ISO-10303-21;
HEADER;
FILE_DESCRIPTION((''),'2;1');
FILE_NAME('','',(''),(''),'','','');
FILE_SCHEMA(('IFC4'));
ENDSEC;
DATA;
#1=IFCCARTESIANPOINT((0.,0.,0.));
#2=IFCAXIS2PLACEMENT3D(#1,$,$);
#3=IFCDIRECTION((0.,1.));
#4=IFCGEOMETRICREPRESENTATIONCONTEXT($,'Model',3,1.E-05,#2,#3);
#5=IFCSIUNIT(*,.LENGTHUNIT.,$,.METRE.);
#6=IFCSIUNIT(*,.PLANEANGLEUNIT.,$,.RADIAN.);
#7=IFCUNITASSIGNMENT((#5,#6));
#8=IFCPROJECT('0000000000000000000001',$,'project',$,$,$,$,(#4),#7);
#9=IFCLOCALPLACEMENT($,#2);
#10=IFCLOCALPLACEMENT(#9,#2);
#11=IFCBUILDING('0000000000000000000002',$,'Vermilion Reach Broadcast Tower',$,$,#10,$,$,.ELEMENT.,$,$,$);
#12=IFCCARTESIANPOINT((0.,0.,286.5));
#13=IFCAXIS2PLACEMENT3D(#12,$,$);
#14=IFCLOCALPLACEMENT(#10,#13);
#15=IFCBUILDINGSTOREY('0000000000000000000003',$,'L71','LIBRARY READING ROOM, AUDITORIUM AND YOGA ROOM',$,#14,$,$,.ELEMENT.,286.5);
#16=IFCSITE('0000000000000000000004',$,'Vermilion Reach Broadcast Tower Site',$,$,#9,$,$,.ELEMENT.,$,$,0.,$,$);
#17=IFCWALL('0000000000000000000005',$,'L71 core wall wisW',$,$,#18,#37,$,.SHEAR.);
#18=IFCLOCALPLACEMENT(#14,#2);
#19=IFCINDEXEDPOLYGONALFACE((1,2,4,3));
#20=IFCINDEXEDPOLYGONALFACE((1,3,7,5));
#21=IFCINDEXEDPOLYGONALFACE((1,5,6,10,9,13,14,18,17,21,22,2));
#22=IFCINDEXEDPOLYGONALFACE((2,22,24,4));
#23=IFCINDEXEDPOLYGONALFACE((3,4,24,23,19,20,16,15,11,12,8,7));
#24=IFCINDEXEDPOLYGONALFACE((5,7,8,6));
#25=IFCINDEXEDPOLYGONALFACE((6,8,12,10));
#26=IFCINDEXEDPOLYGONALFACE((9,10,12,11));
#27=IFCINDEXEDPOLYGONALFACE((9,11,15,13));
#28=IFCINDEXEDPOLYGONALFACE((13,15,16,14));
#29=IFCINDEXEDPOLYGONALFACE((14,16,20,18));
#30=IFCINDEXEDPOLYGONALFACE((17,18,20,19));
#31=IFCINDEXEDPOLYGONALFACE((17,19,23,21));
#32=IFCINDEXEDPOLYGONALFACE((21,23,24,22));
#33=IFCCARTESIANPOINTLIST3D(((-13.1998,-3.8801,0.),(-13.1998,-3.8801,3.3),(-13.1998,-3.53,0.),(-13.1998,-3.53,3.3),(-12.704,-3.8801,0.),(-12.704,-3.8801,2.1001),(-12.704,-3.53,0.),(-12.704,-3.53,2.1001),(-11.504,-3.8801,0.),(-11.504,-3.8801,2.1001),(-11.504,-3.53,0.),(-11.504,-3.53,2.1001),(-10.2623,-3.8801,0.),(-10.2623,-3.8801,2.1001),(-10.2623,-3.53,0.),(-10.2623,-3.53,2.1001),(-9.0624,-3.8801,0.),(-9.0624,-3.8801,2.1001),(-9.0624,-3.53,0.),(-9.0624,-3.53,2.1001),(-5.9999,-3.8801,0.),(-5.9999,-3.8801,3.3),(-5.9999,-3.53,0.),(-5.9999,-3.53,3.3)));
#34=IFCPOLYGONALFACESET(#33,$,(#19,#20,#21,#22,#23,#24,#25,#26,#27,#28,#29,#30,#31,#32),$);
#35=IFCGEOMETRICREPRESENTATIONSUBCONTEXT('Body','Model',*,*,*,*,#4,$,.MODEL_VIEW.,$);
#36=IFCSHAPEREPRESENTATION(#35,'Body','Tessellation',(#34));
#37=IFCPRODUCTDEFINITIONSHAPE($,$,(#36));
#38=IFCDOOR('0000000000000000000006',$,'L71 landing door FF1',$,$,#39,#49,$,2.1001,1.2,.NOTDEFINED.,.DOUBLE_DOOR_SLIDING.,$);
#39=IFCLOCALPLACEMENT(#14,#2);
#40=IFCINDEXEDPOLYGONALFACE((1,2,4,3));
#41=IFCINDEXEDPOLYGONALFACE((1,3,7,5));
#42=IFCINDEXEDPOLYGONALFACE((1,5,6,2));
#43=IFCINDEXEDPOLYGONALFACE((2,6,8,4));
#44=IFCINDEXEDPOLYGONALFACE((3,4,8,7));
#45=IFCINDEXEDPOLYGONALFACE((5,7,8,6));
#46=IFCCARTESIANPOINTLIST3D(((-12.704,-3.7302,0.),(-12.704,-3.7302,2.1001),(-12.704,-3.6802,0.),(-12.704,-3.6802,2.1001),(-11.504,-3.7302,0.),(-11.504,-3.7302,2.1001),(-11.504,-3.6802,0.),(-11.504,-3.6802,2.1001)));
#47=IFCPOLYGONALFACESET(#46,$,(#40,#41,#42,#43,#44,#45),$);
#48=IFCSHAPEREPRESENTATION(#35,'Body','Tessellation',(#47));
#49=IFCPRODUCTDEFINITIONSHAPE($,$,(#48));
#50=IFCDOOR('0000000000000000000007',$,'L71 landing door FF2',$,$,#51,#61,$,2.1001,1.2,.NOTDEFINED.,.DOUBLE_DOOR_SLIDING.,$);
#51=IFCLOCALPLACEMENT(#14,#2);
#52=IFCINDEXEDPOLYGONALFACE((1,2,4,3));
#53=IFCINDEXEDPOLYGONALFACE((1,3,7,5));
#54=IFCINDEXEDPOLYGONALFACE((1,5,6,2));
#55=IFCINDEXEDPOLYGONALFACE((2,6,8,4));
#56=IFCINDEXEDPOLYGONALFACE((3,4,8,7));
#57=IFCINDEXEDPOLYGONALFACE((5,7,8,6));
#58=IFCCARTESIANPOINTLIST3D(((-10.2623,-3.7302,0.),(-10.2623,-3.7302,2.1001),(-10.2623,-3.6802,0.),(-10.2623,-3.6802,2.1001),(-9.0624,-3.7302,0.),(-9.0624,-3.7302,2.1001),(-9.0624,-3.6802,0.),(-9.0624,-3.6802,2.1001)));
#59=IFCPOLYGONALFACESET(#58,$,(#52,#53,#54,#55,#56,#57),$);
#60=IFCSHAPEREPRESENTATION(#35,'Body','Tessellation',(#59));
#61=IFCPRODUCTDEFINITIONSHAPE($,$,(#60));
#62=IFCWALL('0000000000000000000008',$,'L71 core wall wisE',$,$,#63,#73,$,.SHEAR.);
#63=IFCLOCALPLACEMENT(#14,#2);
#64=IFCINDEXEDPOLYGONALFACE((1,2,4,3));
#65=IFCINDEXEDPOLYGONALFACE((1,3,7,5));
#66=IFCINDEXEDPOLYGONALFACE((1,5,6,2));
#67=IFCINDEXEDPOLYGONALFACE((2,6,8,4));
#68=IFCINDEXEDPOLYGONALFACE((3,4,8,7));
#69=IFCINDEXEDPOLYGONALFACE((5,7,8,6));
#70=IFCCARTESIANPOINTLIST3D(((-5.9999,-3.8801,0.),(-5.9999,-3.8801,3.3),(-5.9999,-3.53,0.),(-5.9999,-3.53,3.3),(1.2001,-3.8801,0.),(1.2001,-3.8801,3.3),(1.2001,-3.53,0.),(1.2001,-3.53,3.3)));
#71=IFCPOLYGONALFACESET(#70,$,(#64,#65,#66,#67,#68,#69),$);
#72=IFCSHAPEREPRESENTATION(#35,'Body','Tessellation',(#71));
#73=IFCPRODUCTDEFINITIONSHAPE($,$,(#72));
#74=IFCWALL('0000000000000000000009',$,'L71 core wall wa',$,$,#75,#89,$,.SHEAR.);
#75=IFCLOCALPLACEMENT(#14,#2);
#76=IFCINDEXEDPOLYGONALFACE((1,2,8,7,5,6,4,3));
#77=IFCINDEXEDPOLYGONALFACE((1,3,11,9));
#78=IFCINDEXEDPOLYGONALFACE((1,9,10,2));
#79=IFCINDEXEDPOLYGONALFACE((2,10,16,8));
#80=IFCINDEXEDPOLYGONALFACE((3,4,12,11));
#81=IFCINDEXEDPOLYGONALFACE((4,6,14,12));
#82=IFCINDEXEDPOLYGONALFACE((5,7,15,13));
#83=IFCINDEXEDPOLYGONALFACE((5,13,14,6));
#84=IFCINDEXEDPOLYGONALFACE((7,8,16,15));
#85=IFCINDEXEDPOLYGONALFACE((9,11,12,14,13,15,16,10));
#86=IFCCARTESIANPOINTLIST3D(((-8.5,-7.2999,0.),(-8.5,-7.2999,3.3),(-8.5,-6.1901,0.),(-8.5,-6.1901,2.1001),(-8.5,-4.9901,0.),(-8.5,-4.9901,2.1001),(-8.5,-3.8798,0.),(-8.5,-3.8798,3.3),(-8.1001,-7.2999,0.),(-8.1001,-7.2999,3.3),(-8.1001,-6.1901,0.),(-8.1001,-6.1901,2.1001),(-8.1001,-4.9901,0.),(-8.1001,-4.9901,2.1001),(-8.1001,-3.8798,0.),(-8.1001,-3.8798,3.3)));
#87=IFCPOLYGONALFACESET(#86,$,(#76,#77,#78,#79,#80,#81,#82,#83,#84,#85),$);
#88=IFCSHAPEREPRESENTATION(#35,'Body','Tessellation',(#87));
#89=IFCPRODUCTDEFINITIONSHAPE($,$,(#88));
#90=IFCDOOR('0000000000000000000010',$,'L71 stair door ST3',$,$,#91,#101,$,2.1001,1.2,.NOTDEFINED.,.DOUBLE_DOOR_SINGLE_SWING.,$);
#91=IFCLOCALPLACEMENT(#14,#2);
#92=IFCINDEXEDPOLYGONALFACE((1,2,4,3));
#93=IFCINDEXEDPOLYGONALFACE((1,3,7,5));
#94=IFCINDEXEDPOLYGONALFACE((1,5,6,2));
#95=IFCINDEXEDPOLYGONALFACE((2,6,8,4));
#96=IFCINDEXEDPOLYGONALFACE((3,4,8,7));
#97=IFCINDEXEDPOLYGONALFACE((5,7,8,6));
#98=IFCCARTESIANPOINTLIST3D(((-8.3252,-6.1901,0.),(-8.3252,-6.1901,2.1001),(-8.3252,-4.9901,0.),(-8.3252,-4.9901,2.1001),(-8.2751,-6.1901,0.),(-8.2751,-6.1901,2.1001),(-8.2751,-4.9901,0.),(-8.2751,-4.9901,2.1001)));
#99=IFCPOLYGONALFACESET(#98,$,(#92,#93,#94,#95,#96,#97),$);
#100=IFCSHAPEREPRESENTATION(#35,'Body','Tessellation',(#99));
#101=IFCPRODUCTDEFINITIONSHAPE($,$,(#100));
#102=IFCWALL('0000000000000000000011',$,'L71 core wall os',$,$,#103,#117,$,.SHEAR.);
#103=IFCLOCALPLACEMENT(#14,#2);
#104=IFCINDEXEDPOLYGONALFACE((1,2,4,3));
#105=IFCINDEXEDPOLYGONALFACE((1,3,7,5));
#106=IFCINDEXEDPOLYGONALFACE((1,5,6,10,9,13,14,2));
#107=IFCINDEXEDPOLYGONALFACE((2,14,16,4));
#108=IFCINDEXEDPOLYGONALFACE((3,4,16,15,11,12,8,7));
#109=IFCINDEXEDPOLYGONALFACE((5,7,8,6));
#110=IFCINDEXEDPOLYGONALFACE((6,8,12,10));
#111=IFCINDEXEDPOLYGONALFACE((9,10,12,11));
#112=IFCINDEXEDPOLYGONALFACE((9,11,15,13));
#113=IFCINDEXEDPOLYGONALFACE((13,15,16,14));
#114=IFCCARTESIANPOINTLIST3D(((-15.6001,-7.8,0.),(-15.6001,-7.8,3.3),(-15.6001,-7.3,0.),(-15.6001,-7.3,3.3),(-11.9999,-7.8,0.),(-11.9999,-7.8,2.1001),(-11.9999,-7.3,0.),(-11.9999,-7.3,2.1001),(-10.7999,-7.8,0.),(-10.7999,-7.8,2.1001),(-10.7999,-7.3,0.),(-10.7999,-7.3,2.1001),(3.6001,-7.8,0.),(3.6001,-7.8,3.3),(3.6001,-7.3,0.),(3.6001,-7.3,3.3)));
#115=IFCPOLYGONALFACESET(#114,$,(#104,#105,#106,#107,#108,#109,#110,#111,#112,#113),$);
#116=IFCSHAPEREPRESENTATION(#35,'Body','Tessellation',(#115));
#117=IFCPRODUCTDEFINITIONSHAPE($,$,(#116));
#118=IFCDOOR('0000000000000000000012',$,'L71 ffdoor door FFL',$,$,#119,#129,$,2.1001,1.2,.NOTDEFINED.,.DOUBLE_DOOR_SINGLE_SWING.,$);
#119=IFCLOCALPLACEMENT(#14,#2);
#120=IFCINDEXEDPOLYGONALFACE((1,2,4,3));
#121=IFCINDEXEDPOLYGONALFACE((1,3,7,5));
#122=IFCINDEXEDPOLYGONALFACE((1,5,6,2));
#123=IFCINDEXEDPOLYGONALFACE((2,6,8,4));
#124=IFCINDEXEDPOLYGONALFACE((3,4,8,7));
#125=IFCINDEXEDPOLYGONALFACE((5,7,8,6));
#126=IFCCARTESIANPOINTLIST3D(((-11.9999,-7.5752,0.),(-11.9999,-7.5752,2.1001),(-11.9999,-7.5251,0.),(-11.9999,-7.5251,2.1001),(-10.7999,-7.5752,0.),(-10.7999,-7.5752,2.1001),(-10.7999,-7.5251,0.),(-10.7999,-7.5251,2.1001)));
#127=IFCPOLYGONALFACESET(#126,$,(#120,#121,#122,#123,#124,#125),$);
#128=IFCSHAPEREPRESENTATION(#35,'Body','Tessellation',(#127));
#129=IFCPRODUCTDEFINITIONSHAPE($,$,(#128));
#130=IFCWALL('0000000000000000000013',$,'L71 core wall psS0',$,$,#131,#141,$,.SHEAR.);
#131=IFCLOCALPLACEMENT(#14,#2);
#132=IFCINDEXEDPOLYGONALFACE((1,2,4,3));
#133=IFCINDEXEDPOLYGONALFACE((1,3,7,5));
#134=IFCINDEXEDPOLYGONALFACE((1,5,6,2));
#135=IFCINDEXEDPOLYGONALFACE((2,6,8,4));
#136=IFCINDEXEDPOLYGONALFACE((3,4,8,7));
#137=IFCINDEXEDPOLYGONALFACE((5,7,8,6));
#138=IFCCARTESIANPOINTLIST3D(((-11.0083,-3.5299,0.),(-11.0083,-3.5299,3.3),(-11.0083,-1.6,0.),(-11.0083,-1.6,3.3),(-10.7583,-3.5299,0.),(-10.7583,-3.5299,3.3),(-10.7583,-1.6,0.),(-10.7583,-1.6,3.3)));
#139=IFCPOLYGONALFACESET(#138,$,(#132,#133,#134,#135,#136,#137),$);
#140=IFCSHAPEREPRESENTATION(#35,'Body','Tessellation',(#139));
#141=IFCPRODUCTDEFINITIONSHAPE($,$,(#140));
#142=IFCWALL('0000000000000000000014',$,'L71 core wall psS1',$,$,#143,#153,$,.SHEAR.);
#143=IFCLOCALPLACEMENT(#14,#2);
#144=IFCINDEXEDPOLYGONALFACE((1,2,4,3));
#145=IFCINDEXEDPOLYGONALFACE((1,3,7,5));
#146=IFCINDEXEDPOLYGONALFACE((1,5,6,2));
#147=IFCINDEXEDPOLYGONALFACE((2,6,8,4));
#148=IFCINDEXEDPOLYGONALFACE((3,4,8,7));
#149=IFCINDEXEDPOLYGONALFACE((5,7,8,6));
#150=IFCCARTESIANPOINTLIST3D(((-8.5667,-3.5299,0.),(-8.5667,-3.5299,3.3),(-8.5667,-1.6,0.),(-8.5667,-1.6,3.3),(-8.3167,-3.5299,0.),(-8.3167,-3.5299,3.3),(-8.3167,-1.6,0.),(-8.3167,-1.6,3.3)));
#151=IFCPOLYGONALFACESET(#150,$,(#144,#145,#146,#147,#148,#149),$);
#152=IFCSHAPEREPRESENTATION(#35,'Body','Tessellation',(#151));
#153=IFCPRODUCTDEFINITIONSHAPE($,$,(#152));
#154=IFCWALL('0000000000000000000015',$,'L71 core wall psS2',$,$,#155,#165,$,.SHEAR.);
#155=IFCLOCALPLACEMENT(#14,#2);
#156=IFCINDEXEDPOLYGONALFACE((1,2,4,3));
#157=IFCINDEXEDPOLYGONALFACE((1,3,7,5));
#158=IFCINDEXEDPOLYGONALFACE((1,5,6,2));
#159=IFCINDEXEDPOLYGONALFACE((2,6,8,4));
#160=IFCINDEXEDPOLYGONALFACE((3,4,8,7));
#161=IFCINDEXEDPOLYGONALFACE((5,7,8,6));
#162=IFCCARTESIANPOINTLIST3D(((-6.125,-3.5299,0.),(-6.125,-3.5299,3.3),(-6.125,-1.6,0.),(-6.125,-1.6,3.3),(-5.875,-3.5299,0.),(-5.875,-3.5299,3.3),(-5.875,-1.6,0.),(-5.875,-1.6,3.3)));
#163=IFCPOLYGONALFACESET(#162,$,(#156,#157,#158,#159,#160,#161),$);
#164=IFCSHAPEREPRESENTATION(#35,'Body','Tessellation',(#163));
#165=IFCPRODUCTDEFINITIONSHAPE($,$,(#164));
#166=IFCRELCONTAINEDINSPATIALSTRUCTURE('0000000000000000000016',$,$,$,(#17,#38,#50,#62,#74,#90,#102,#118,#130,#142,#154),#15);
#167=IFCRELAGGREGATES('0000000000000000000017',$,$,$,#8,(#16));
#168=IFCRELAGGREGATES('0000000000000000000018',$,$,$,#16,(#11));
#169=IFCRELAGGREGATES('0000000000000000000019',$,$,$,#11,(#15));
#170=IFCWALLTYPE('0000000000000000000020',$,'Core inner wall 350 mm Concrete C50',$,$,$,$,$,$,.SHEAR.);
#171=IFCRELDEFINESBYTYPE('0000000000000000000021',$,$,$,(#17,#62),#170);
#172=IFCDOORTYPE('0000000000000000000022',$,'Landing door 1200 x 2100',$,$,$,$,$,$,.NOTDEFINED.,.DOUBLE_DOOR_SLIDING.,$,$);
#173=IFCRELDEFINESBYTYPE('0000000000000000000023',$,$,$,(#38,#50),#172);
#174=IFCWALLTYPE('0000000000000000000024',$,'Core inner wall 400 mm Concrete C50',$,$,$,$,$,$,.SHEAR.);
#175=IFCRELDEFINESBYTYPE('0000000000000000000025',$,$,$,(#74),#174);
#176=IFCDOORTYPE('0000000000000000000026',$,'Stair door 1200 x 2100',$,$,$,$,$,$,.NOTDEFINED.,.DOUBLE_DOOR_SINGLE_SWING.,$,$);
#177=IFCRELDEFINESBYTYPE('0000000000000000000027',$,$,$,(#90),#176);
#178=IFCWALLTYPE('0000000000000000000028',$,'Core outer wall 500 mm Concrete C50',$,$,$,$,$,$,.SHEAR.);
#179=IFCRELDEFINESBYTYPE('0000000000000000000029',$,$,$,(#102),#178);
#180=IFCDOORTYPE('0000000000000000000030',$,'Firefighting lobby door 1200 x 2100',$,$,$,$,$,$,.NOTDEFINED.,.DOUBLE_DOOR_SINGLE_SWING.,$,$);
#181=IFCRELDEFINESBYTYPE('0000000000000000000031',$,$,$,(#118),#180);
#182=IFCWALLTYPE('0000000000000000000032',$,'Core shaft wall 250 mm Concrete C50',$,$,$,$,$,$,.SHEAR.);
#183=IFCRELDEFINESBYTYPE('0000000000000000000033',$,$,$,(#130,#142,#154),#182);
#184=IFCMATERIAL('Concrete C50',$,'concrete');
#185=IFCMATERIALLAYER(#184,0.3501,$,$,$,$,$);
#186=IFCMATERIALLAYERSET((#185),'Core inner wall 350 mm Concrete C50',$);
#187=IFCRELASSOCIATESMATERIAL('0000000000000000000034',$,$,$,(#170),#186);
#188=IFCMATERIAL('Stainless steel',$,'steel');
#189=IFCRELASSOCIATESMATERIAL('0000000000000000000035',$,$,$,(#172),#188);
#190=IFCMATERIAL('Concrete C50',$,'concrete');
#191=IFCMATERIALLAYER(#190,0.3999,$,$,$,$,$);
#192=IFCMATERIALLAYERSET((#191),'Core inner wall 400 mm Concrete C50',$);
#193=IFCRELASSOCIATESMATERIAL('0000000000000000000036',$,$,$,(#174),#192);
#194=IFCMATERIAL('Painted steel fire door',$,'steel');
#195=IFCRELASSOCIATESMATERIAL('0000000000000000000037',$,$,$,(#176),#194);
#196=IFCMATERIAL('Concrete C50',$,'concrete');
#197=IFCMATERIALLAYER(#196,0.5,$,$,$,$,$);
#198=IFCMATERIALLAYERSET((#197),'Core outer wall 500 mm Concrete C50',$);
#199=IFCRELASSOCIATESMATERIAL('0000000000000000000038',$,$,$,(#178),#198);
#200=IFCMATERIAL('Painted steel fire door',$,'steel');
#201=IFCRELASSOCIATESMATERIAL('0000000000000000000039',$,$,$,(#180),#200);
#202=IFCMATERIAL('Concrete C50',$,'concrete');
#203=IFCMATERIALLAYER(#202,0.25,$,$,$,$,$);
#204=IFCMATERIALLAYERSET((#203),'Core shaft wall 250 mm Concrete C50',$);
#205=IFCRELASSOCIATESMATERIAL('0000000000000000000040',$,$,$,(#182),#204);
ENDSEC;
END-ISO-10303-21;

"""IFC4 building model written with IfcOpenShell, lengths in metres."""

from ifc_helpers import new_model, si_unit, direction, frame, frame_2d, origin, place, context, subcontext, project, spatial, rectangle, extrude, material, layer, layer_set, type_object, element, fill, save


model = new_model("IFC4")

# Units and contexts
model_context = context("Model", 3, precision=1e-05, world=origin(), true_north=direction((0.0, 1.0)))
body_context = subcontext(model_context, "Body", "Model", "MODEL_VIEW")
ifc_project = project(units=[si_unit("LENGTHUNIT", "METRE"), si_unit("PLANEANGLEUNIT", "RADIAN")], contexts=[model_context])

# Site, building, storey
site_placement = place(None, origin())
site = spatial("IfcSite", under=ifc_project, at=site_placement, Name="Vermilion Reach Broadcast Tower Site", CompositionType="ELEMENT", RefElevation=0.0)
building_placement = place(site_placement, origin())
building = spatial("IfcBuilding", under=site, at=building_placement, Name="Vermilion Reach Broadcast Tower", CompositionType="ELEMENT")
storey_placement = place(building_placement, frame((0.0, 0.0, 286.5)))
storey = spatial("IfcBuildingStorey", under=building, at=storey_placement, Name="L71", Description="LIBRARY READING ROOM, AUDITORIUM AND YOGA ROOM", CompositionType="ELEMENT", Elevation=286.5)

# Wall, openings, doors
ifc_material_1 = material(Name="Concrete C50", Category="concrete")
ifc_layer_1 = layer(ifc_material_1, 0.3501)
ifc_layer_set_1 = layer_set([ifc_layer_1], Name="Core inner wall 350 mm Concrete C50")
wall_type_1 = type_object("IfcWallType", Name="Core inner wall 350 mm Concrete C50", PredefinedType="SHEAR", material=ifc_layer_set_1)
wall_1_placement = place(storey_placement, frame((-13.2, -3.7051, 0.0), z_axis=(0.0, 0.0, 1.0), x_axis=(1.0, 0.0, 0.0)))
wall_1 = element("IfcWall", 1, at=wall_1_placement, inside=storey, type_object=wall_type_1, Name="L71 core wall wisW", PredefinedType="SHEAR", context=body_context, shape_type="SweptSolid", body=[
    extrude(rectangle(XDim=7.2, YDim=0.3501, at=frame_2d((3.6001, 0.0))), origin(), (0.0, 0.0, 1.0), 3.3),
])
opening_1_placement = place(wall_1_placement, frame((0.4958, 0.0, 0.0)))
opening_1 = element("IfcOpeningElement", 2, at=opening_1_placement, cuts=wall_1, PredefinedType="OPENING", context=body_context, shape_type="SweptSolid", body=[
    extrude(rectangle(XDim=1.2, YDim=2.1001, at=frame_2d((0.6001, 1.05))), frame((0.0, 0.1851, 0.0), z_axis=(0.0, -1.0, 0.0), x_axis=(1.0, 0.0, 0.0)), (0.0, 0.0, 1.0), 0.3701),
])
opening_2_placement = place(wall_1_placement, frame((2.9375, 0.0, 0.0)))
opening_2 = element("IfcOpeningElement", 3, at=opening_2_placement, cuts=wall_1, PredefinedType="OPENING", context=body_context, shape_type="SweptSolid", body=[
    extrude(rectangle(XDim=1.2, YDim=2.1001, at=frame_2d((0.6001, 1.05))), frame((0.0, 0.1851, 0.0), z_axis=(0.0, -1.0, 0.0), x_axis=(1.0, 0.0, 0.0)), (0.0, 0.0, 1.0), 0.3701),
])
ifc_material_2 = material(Name="Stainless steel", Category="steel")
door_type_1 = type_object("IfcDoorType", Name="Landing door 1200 x 2100", OperationType="DOUBLE_DOOR_SLIDING", PredefinedType="NOTDEFINED", material=ifc_material_2)
door_1_placement = place(opening_1_placement, origin())
door_1 = element("IfcDoor", 4, at=door_1_placement, inside=storey, type_object=door_type_1, Name="L71 landing door FF1", OperationType="DOUBLE_DOOR_SLIDING", OverallHeight=2.1001, OverallWidth=1.2, PredefinedType="NOTDEFINED", context=body_context, shape_type="SweptSolid", body=[
    extrude(rectangle(XDim=1.2, YDim=2.1001, at=frame_2d((0.6001, 1.05))), frame((0.0, 0.0249, 0.0), z_axis=(0.0, -1.0, 0.0), x_axis=(1.0, 0.0, 0.0)), (0.0, 0.0, 1.0), 0.05),
])
fill(opening_1, door_1)
door_2_placement = place(opening_2_placement, origin())
door_2 = element("IfcDoor", 5, at=door_2_placement, inside=storey, type_object=door_type_1, Name="L71 landing door FF2", OperationType="DOUBLE_DOOR_SLIDING", OverallHeight=2.1001, OverallWidth=1.2, PredefinedType="NOTDEFINED", context=body_context, shape_type="SweptSolid", body=[
    extrude(rectangle(XDim=1.2, YDim=2.1001, at=frame_2d((0.6001, 1.05))), frame((0.0, 0.0249, 0.0), z_axis=(0.0, -1.0, 0.0), x_axis=(1.0, 0.0, 0.0)), (0.0, 0.0, 1.0), 0.05),
])
fill(opening_2, door_2)

# Wall
wall_2_placement = place(storey_placement, frame((-6.0, -3.7051, 0.0), z_axis=(0.0, 0.0, 1.0), x_axis=(1.0, 0.0, 0.0)))
element("IfcWall", 6, at=wall_2_placement, inside=storey, type_object=wall_type_1, Name="L71 core wall wisE", PredefinedType="SHEAR", context=body_context, shape_type="SweptSolid", body=[
    extrude(rectangle(XDim=7.2, YDim=0.3501, at=frame_2d((3.6001, 0.0))), origin(), (0.0, 0.0, 1.0), 3.3),
])

# Walls, openings, doors
ifc_material_3 = material(Name="Concrete C50", Category="concrete")
ifc_layer_2 = layer(ifc_material_3, 0.3999)
ifc_layer_set_2 = layer_set([ifc_layer_2], Name="Core inner wall 400 mm Concrete C50")
wall_type_2 = type_object("IfcWallType", Name="Core inner wall 400 mm Concrete C50", PredefinedType="SHEAR", material=ifc_layer_set_2)
wall_3_placement = place(storey_placement, frame((-8.3, -3.8799, 0.0), z_axis=(0.0, 0.0, 1.0), x_axis=(0.0, -1.0, 0.0)))
wall_3 = element("IfcWall", 7, at=wall_3_placement, inside=storey, type_object=wall_type_2, Name="L71 core wall wa", PredefinedType="SHEAR", context=body_context, shape_type="SweptSolid", body=[
    extrude(rectangle(XDim=3.4202, YDim=0.3999, at=frame_2d((1.71, 0.0))), origin(), (0.0, 0.0, 1.0), 3.3),
])
opening_3_placement = place(wall_3_placement, frame((1.1101, 0.0, 0.0)))
opening_3 = element("IfcOpeningElement", 8, at=opening_3_placement, cuts=wall_3, PredefinedType="OPENING", context=body_context, shape_type="SweptSolid", body=[
    extrude(rectangle(XDim=1.2, YDim=2.1001, at=frame_2d((0.6001, 1.05))), frame((0.0, 0.21, 0.0), z_axis=(0.0, -1.0, 0.0), x_axis=(1.0, 0.0, 0.0)), (0.0, 0.0, 1.0), 0.4199),
])
ifc_material_4 = material(Name="Painted steel fire door", Category="steel")
door_type_2 = type_object("IfcDoorType", Name="Stair door 1200 x 2100", OperationType="DOUBLE_DOOR_SINGLE_SWING", PredefinedType="NOTDEFINED", material=ifc_material_4)
door_3_placement = place(opening_3_placement, origin())
door_3 = element("IfcDoor", 9, at=door_3_placement, inside=storey, type_object=door_type_2, Name="L71 stair door ST3", OperationType="DOUBLE_DOOR_SINGLE_SWING", OverallHeight=2.1001, OverallWidth=1.2, PredefinedType="NOTDEFINED", context=body_context, shape_type="SweptSolid", body=[
    extrude(rectangle(XDim=1.2, YDim=2.1001, at=frame_2d((0.6001, 1.05))), frame((0.0, 0.0249, 0.0), z_axis=(0.0, -1.0, 0.0), x_axis=(1.0, 0.0, 0.0)), (0.0, 0.0, 1.0), 0.05),
])
fill(opening_3, door_3)
ifc_material_5 = material(Name="Concrete C50", Category="concrete")
ifc_layer_3 = layer(ifc_material_5, 0.5)
ifc_layer_set_3 = layer_set([ifc_layer_3], Name="Core outer wall 500 mm Concrete C50")
wall_type_3 = type_object("IfcWallType", Name="Core outer wall 500 mm Concrete C50", PredefinedType="SHEAR", material=ifc_layer_set_3)
wall_4_placement = place(storey_placement, frame((-15.6001, -7.55, 0.0), z_axis=(0.0, 0.0, 1.0), x_axis=(1.0, 0.0, 0.0)))
wall_4 = element("IfcWall", 10, at=wall_4_placement, inside=storey, type_object=wall_type_3, Name="L71 core wall os", PredefinedType="SHEAR", context=body_context, shape_type="SweptSolid", body=[
    extrude(rectangle(XDim=19.2002, YDim=0.5, at=frame_2d((9.6001, 0.0))), origin(), (0.0, 0.0, 1.0), 3.3),
])
opening_4_placement = place(wall_4_placement, frame((3.6001, 0.0, 0.0)))
opening_4 = element("IfcOpeningElement", 11, at=opening_4_placement, cuts=wall_4, PredefinedType="OPENING", context=body_context, shape_type="SweptSolid", body=[
    extrude(rectangle(XDim=1.2, YDim=2.1001, at=frame_2d((0.6001, 1.05))), frame((0.0, 0.26, 0.0), z_axis=(0.0, -1.0, 0.0), x_axis=(1.0, 0.0, 0.0)), (0.0, 0.0, 1.0), 0.52),
])
ifc_material_6 = material(Name="Painted steel fire door", Category="steel")
door_type_3 = type_object("IfcDoorType", Name="Firefighting lobby door 1200 x 2100", OperationType="DOUBLE_DOOR_SINGLE_SWING", PredefinedType="NOTDEFINED", material=ifc_material_6)
door_4_placement = place(opening_4_placement, origin())
door_4 = element("IfcDoor", 12, at=door_4_placement, inside=storey, type_object=door_type_3, Name="L71 ffdoor door FFL", OperationType="DOUBLE_DOOR_SINGLE_SWING", OverallHeight=2.1001, OverallWidth=1.2, PredefinedType="NOTDEFINED", context=body_context, shape_type="SweptSolid", body=[
    extrude(rectangle(XDim=1.2, YDim=2.1001, at=frame_2d((0.6001, 1.05))), frame((0.0, 0.0249, 0.0), z_axis=(0.0, -1.0, 0.0), x_axis=(1.0, 0.0, 0.0)), (0.0, 0.0, 1.0), 0.05),
])
fill(opening_4, door_4)

# Walls
ifc_material_7 = material(Name="Concrete C50", Category="concrete")
ifc_layer_4 = layer(ifc_material_7, 0.25)
ifc_layer_set_4 = layer_set([ifc_layer_4], Name="Core shaft wall 250 mm Concrete C50")
wall_type_4 = type_object("IfcWallType", Name="Core shaft wall 250 mm Concrete C50", PredefinedType="SHEAR", material=ifc_layer_set_4)
for number, where, z_axis, x_axis, name in (
    (13, (-10.8833, -1.6001, 0.0), (0.0, 0.0, 1.0), (0.0, -1.0, 0.0), "L71 core wall psS0"),
    (14, (-8.4417, -1.6001, 0.0), (0.0, 0.0, 1.0), (0.0, -1.0, 0.0), "L71 core wall psS1"),
    (15, (-6.0, -1.6001, 0.0), (0.0, 0.0, 1.0), (0.0, -1.0, 0.0), "L71 core wall psS2"),
):
    element("IfcWall", number, at=place(storey_placement, frame(where, z_axis=z_axis, x_axis=x_axis)), inside=storey, type_object=wall_type_4, Name=name, PredefinedType="SHEAR", context=body_context, shape_type="SweptSolid", body=[
        extrude(rectangle(XDim=1.9299, YDim=0.25, at=frame_2d((0.9648, 0.0))), origin(), (0.0, 0.0, 1.0), 3.3),
    ])

save(model, "model.ifc")
